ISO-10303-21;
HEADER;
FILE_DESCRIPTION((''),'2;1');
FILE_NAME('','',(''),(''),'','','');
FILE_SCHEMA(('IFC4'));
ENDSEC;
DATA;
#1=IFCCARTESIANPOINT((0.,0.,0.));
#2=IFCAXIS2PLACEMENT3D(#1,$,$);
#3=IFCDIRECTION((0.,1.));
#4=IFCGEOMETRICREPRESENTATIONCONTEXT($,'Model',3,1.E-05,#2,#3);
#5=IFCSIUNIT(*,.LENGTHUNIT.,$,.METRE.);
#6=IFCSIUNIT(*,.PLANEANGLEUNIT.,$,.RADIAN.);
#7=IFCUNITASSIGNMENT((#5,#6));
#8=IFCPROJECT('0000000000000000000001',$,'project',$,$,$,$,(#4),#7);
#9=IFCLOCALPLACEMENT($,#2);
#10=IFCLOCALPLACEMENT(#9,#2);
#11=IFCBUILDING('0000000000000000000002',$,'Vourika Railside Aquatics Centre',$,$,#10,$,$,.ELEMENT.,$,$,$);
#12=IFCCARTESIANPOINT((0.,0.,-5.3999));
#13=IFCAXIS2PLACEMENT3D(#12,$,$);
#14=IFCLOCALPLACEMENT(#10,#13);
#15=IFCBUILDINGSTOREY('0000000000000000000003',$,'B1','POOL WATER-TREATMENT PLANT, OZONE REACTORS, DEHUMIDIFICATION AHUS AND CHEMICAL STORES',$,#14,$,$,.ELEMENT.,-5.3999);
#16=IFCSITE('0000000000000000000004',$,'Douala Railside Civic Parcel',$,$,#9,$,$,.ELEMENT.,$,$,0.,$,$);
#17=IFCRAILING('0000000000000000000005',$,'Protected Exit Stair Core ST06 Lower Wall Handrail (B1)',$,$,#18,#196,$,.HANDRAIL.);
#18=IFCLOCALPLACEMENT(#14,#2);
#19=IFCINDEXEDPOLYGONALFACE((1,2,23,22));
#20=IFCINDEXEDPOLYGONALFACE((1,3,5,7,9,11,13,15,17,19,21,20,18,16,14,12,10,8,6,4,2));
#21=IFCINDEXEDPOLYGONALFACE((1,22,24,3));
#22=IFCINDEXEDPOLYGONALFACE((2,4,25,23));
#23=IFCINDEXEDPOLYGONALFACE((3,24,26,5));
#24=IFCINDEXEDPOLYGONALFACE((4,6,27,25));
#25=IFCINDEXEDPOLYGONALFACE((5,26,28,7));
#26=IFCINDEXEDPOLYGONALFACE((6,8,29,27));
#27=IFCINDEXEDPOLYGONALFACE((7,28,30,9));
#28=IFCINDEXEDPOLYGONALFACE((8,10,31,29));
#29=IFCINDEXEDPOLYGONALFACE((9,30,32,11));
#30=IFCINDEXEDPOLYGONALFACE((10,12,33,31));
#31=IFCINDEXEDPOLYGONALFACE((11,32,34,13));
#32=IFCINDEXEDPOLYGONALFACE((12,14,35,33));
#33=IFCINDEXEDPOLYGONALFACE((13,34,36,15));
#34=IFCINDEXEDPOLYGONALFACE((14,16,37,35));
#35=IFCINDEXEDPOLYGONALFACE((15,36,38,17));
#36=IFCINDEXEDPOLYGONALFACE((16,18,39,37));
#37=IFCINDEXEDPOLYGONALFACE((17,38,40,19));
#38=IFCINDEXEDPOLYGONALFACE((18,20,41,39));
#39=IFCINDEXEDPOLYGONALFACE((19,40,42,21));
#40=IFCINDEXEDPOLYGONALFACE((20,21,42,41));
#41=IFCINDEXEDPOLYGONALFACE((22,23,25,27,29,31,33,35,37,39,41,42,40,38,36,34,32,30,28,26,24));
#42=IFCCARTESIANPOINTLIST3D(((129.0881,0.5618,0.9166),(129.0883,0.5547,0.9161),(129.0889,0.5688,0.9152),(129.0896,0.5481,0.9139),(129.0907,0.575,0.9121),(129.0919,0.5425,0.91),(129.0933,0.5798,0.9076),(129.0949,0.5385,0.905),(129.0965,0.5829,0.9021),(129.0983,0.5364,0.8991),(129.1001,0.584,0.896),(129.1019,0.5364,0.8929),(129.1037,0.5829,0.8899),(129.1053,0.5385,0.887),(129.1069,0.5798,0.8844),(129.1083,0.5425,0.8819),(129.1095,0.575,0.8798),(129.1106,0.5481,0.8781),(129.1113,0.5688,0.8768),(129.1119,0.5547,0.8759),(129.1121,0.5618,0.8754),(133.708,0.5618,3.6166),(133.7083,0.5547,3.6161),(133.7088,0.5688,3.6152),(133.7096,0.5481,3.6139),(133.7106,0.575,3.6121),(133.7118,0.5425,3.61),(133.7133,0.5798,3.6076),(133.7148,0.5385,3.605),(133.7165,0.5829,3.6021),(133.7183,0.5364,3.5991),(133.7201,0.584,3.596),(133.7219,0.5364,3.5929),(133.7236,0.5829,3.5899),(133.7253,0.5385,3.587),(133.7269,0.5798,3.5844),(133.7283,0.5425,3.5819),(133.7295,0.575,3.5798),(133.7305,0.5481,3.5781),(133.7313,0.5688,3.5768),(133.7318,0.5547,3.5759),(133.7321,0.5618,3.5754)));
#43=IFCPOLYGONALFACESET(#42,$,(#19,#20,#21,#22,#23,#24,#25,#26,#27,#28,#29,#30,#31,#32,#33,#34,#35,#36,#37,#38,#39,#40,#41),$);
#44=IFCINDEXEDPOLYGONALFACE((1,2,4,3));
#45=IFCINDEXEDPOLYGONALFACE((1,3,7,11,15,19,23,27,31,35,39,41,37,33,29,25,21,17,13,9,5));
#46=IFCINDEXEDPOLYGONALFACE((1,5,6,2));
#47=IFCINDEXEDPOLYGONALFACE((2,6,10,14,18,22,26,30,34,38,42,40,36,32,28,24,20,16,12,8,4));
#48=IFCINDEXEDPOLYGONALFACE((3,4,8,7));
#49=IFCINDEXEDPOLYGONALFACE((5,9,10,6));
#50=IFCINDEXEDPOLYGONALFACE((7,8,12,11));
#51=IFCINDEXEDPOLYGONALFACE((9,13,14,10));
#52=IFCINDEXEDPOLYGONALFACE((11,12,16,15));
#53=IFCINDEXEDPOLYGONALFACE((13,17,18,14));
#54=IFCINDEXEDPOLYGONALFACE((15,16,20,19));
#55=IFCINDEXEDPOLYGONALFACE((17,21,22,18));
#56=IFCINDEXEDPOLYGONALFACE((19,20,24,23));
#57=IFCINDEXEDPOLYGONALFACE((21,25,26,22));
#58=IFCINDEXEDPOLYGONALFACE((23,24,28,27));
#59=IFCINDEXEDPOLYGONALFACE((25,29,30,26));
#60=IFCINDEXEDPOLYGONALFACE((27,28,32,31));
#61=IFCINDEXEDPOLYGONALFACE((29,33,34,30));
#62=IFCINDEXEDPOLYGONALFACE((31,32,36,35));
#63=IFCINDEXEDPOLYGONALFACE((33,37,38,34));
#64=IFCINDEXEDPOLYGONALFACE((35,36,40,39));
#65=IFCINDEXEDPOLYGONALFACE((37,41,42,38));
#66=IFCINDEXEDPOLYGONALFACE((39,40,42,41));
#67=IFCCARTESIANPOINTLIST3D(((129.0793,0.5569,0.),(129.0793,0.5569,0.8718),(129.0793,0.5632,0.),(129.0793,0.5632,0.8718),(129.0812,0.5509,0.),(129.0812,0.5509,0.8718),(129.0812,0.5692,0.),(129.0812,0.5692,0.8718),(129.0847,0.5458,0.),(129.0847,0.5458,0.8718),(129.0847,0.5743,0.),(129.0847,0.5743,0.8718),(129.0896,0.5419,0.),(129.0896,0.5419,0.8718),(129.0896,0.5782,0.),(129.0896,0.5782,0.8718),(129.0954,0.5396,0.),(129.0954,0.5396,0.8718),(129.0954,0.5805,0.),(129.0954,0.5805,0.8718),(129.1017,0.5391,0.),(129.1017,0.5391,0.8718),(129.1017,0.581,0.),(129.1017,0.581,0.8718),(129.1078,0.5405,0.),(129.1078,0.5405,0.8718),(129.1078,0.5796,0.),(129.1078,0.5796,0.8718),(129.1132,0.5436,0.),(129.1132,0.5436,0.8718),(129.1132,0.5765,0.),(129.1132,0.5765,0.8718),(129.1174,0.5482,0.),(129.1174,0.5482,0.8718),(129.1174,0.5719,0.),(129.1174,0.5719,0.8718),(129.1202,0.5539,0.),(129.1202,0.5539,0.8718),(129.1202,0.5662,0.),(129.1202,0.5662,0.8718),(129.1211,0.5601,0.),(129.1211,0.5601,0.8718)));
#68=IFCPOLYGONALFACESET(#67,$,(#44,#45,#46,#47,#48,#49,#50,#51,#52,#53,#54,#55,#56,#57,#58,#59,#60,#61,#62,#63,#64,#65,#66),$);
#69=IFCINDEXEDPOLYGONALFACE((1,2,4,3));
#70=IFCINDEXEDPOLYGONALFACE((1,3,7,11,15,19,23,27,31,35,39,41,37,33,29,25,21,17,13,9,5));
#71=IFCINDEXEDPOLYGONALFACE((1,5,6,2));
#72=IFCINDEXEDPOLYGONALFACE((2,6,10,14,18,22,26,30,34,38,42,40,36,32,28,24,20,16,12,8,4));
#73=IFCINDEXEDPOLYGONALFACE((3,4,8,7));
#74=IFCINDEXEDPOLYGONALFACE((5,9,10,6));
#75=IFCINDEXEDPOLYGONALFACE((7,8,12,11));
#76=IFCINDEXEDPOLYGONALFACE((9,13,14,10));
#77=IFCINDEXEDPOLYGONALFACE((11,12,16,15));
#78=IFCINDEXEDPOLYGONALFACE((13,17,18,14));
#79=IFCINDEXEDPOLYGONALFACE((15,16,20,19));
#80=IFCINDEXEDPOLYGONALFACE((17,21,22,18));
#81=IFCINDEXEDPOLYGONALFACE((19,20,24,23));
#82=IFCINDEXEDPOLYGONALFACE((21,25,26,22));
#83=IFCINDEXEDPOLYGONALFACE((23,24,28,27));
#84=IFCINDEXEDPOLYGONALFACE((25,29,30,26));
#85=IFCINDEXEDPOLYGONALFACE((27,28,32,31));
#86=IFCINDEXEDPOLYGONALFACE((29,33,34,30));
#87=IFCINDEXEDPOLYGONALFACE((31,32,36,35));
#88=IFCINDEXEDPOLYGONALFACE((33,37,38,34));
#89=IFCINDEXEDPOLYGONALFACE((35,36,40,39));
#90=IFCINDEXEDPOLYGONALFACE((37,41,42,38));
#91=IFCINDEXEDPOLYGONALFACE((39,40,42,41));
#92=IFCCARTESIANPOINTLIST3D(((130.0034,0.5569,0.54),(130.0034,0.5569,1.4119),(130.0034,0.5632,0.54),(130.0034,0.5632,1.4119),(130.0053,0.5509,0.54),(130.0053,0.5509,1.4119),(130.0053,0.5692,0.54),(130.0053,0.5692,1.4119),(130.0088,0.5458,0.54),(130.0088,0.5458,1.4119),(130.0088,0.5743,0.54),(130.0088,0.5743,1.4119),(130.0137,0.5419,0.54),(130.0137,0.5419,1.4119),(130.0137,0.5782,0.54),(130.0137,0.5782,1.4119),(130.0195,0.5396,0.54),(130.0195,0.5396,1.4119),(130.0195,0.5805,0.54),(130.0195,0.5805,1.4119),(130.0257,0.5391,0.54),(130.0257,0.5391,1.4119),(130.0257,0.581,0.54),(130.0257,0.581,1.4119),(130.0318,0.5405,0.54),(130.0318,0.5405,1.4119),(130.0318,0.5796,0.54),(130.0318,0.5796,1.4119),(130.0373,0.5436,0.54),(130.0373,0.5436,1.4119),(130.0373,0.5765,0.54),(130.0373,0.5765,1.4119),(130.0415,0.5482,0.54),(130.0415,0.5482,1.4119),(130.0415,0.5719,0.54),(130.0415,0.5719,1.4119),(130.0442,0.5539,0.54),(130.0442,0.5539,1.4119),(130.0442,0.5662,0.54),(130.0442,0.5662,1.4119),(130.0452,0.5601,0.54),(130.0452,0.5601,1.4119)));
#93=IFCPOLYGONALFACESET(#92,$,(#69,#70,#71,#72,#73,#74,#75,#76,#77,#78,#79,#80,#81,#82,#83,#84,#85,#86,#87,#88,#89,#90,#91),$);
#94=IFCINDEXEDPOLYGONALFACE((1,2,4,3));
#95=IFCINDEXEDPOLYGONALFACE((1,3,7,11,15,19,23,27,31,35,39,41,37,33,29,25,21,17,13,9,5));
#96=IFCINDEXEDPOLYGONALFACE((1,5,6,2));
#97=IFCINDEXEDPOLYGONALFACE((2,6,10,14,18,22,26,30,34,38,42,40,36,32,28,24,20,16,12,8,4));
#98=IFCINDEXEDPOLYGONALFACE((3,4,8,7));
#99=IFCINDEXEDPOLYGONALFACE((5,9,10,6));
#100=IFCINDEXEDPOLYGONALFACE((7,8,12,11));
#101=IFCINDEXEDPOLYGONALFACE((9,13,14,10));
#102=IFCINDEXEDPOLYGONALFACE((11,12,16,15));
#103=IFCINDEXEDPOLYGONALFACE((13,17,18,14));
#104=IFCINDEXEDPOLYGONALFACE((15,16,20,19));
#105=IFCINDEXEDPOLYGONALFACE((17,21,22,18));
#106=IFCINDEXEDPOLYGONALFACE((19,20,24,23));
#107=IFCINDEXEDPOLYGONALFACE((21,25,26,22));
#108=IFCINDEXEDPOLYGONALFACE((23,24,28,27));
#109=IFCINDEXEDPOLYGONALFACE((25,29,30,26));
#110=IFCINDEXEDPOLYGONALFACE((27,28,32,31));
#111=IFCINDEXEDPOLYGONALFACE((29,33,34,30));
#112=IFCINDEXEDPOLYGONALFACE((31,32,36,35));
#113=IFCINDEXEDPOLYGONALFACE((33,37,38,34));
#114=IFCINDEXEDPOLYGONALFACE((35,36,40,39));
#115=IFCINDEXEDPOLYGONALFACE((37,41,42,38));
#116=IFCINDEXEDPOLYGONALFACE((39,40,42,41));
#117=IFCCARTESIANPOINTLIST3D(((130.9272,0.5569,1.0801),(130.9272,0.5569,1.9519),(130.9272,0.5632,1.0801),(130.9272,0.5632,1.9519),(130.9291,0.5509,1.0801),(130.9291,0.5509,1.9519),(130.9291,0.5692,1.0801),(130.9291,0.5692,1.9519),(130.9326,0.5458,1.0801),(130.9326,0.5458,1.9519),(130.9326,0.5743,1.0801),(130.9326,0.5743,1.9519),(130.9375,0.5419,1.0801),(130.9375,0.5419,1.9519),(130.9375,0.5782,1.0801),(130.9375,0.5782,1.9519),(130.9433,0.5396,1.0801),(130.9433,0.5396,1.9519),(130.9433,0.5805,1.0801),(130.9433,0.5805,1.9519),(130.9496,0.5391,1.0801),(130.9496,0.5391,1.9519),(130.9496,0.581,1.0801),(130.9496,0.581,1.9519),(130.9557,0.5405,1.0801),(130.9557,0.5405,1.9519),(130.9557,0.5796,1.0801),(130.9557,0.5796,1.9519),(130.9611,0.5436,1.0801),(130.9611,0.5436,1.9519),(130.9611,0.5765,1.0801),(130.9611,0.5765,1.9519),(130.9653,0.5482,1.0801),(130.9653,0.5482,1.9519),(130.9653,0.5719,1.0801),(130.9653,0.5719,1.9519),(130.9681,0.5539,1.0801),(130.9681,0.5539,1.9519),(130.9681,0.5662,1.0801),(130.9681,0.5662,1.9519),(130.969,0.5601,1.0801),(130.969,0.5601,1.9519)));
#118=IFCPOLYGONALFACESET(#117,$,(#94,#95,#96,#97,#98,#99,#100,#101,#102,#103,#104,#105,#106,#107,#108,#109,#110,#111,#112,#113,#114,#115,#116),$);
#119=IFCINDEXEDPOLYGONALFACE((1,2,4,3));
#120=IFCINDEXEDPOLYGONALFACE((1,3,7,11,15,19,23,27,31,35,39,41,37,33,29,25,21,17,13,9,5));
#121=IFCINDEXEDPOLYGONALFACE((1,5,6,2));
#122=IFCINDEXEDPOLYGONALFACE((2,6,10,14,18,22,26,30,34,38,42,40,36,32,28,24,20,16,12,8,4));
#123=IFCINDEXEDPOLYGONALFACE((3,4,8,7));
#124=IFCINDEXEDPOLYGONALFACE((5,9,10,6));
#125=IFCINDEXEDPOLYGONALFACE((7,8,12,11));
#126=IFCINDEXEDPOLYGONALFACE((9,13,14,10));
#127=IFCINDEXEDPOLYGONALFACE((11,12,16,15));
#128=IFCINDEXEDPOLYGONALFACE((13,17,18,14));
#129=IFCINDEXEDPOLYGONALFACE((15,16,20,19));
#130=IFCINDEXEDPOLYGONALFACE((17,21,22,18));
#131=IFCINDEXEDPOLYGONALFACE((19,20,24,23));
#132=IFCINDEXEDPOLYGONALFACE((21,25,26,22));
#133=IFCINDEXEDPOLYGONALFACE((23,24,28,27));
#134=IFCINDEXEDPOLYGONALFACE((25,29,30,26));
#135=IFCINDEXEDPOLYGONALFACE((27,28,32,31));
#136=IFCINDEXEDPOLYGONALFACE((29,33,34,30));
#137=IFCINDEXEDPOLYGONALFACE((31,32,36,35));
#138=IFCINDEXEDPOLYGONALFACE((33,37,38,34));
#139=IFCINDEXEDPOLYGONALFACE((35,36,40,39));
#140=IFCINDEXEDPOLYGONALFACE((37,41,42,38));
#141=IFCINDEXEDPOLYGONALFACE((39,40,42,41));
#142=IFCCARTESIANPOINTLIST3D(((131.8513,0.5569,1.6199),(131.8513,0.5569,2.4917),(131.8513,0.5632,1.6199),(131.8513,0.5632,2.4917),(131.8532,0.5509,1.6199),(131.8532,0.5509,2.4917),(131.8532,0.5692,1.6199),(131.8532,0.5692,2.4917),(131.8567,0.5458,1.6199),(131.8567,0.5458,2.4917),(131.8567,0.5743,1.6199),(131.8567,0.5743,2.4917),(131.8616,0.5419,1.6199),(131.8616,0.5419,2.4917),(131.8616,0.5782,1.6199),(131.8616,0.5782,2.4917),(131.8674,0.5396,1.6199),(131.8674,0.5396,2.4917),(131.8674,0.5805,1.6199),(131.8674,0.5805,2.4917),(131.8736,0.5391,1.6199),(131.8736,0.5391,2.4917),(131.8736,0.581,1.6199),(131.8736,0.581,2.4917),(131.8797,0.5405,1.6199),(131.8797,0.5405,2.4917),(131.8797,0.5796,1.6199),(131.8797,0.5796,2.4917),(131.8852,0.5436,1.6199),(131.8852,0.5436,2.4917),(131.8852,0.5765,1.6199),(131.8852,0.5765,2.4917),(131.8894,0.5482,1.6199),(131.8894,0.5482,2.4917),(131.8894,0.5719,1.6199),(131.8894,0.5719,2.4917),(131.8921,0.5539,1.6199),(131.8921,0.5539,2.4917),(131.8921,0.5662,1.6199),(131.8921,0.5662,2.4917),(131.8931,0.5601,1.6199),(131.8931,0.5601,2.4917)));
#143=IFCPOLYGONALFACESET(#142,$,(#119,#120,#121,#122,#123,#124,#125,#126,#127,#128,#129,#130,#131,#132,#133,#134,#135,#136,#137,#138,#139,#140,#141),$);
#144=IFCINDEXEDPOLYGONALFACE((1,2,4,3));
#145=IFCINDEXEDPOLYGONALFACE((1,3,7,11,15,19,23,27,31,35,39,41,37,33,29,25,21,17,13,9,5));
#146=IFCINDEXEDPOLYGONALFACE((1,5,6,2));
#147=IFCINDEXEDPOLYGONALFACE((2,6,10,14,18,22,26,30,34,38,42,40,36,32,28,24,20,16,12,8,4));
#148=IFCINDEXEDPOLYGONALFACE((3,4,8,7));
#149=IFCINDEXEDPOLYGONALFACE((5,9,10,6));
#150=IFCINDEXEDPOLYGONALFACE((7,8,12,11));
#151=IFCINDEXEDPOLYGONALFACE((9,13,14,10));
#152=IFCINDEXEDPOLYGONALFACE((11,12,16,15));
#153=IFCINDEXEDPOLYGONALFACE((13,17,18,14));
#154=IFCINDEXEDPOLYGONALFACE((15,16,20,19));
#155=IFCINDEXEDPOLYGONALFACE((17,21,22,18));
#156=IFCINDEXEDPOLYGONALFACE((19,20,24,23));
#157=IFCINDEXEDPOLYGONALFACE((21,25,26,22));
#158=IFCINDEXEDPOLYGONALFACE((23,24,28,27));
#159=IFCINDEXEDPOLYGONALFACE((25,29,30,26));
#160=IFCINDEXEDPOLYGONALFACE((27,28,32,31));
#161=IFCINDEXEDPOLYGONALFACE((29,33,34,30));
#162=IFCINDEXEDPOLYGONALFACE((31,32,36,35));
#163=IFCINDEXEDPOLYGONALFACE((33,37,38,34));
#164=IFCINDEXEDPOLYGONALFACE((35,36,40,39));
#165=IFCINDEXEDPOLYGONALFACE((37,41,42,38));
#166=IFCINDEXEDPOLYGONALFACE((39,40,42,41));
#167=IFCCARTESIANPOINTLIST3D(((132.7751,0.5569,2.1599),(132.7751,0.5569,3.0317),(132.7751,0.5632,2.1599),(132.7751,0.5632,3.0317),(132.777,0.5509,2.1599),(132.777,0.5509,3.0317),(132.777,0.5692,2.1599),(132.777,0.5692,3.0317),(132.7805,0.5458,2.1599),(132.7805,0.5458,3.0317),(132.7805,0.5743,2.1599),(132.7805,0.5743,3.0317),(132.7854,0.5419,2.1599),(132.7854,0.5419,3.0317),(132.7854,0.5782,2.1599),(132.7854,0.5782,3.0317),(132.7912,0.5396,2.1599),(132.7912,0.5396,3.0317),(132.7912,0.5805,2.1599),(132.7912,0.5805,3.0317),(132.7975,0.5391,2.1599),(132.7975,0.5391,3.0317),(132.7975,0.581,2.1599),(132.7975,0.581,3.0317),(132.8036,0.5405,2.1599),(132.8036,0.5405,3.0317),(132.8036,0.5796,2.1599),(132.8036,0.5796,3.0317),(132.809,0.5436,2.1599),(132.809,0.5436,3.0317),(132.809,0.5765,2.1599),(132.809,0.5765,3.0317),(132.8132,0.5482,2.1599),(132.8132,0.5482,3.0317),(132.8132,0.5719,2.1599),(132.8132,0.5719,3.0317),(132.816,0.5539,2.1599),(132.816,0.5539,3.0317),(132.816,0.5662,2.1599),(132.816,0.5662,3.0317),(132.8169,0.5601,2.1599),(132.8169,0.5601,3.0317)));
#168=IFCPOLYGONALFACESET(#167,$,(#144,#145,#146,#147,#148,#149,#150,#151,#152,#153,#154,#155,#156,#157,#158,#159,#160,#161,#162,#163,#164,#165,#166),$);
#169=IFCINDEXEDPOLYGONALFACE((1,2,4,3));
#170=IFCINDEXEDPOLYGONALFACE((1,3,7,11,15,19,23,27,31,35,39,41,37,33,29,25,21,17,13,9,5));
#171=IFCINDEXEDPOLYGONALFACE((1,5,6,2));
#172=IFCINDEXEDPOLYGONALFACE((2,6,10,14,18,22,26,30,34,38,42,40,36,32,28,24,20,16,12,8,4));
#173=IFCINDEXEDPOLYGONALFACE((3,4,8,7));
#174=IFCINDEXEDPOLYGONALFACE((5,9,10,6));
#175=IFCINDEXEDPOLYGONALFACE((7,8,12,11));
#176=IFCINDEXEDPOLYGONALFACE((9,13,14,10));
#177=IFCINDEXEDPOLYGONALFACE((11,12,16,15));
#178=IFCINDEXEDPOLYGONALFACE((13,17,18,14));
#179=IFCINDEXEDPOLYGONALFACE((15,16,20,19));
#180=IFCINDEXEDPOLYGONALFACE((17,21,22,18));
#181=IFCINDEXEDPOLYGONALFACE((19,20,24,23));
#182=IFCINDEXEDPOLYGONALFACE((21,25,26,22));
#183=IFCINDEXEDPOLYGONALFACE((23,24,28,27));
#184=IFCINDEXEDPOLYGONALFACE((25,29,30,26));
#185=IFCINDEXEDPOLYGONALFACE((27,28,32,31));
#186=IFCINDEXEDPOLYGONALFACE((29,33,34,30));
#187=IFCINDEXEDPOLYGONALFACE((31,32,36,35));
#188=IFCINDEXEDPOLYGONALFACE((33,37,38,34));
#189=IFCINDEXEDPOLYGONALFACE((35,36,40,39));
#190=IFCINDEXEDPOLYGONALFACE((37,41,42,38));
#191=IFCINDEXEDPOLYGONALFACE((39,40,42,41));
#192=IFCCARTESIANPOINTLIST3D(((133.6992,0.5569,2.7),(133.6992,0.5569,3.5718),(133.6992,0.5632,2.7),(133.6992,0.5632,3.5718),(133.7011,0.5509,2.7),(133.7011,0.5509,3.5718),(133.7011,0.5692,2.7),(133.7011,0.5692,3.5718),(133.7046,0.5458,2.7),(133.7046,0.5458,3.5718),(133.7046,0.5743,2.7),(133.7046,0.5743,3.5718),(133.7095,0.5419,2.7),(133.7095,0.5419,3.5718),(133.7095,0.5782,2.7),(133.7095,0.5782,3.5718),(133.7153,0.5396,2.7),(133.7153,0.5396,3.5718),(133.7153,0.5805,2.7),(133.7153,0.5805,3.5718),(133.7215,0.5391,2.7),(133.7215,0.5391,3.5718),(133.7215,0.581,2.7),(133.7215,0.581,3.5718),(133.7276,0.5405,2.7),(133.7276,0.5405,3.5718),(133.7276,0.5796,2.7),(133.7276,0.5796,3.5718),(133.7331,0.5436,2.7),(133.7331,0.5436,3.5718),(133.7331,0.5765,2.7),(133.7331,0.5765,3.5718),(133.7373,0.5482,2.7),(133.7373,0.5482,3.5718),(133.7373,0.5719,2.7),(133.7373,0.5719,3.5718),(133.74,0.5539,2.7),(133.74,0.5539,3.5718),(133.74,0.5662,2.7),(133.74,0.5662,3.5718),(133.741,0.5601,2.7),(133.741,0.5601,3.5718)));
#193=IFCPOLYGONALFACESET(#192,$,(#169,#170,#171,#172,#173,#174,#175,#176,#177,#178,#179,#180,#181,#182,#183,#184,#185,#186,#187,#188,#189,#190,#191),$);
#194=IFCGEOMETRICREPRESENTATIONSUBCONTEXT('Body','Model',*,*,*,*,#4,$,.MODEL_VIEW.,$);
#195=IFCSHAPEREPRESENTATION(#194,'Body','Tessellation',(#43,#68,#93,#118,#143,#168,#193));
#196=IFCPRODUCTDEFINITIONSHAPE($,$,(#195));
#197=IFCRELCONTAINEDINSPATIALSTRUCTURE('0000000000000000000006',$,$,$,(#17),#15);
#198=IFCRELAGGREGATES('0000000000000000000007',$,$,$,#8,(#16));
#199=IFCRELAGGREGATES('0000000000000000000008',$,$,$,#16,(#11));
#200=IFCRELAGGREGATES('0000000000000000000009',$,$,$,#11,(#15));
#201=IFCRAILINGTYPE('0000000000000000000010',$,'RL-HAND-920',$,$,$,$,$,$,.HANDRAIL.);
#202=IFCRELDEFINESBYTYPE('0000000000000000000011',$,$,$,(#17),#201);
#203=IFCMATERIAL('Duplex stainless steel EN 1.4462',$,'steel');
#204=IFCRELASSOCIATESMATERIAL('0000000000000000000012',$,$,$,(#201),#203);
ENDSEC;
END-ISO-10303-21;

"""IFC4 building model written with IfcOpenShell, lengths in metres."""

from ifc_helpers import new_model, si_unit, direction, frame, origin, origin_2d, place, context, subcontext, project, spatial, circle, extrude, material, type_object, element, save


model = new_model("IFC4")

# Units and contexts
model_context = context("Model", 3, precision=1e-05, world=origin(), true_north=direction((0.0, 1.0)))
body_context = subcontext(model_context, "Body", "Model", "MODEL_VIEW")
ifc_project = project(units=[si_unit("LENGTHUNIT", "METRE"), si_unit("PLANEANGLEUNIT", "RADIAN")], contexts=[model_context])

# Site, building, storey
site_placement = place(None, origin())
site = spatial("IfcSite", under=ifc_project, at=site_placement, Name="Douala Railside Civic Parcel", CompositionType="ELEMENT", RefElevation=0.0)
building_placement = place(site_placement, origin())
building = spatial("IfcBuilding", under=site, at=building_placement, Name="Vourika Railside Aquatics Centre", CompositionType="ELEMENT")
storey_placement = place(building_placement, frame((0.0, 0.0, -5.3999)))
storey = spatial("IfcBuildingStorey", under=building, at=storey_placement, Name="B1", Description="POOL WATER-TREATMENT PLANT, OZONE REACTORS, DEHUMIDIFICATION AHUS AND CHEMICAL STORES", CompositionType="ELEMENT", Elevation=-5.3999)

# Railing
ifc_material_1 = material(Name="Duplex stainless steel EN 1.4462", Category="steel")
railing_type_1 = type_object("IfcRailingType", Name="RL-HAND-920", PredefinedType="HANDRAIL", material=ifc_material_1)
railing_1_placement = place(storey_placement, frame((129.1001, 0.5601, 0.0)))
element("IfcRailing", 1, at=railing_1_placement, inside=storey, type_object=railing_type_1, Name="Protected Exit Stair Core ST06 Lower Wall Handrail (B1)", PredefinedType="HANDRAIL", context=body_context, shape_type="SweptSolid", body=[
    extrude(circle(Radius=0.0239, at=origin_2d()), frame((0.0, 0.0, 0.896), z_axis=(0.86337, 0.0, 0.504572), x_axis=(0.0, 1.0, 0.0)), (0.0, 0.0, 1.0), 5.3511),
    extrude(circle(Radius=0.021, at=origin_2d()), origin(), (0.0, 0.0, 1.0), 0.8718),
    extrude(circle(Radius=0.021, at=origin_2d()), frame((0.9241, 0.0, 0.54)), (0.0, 0.0, 1.0), 0.8718),
    extrude(circle(Radius=0.021, at=origin_2d()), frame((1.8479, 0.0, 1.0801)), (0.0, 0.0, 1.0), 0.8718),
    extrude(circle(Radius=0.021, at=origin_2d()), frame((2.772, 0.0, 1.6199)), (0.0, 0.0, 1.0), 0.8718),
    extrude(circle(Radius=0.021, at=origin_2d()), frame((3.6958, 0.0, 2.1599)), (0.0, 0.0, 1.0), 0.8718),
    extrude(circle(Radius=0.021, at=origin_2d()), frame((4.6199, 0.0, 2.7)), (0.0, 0.0, 1.0), 0.8718),
])

save(model, "model.ifc")
